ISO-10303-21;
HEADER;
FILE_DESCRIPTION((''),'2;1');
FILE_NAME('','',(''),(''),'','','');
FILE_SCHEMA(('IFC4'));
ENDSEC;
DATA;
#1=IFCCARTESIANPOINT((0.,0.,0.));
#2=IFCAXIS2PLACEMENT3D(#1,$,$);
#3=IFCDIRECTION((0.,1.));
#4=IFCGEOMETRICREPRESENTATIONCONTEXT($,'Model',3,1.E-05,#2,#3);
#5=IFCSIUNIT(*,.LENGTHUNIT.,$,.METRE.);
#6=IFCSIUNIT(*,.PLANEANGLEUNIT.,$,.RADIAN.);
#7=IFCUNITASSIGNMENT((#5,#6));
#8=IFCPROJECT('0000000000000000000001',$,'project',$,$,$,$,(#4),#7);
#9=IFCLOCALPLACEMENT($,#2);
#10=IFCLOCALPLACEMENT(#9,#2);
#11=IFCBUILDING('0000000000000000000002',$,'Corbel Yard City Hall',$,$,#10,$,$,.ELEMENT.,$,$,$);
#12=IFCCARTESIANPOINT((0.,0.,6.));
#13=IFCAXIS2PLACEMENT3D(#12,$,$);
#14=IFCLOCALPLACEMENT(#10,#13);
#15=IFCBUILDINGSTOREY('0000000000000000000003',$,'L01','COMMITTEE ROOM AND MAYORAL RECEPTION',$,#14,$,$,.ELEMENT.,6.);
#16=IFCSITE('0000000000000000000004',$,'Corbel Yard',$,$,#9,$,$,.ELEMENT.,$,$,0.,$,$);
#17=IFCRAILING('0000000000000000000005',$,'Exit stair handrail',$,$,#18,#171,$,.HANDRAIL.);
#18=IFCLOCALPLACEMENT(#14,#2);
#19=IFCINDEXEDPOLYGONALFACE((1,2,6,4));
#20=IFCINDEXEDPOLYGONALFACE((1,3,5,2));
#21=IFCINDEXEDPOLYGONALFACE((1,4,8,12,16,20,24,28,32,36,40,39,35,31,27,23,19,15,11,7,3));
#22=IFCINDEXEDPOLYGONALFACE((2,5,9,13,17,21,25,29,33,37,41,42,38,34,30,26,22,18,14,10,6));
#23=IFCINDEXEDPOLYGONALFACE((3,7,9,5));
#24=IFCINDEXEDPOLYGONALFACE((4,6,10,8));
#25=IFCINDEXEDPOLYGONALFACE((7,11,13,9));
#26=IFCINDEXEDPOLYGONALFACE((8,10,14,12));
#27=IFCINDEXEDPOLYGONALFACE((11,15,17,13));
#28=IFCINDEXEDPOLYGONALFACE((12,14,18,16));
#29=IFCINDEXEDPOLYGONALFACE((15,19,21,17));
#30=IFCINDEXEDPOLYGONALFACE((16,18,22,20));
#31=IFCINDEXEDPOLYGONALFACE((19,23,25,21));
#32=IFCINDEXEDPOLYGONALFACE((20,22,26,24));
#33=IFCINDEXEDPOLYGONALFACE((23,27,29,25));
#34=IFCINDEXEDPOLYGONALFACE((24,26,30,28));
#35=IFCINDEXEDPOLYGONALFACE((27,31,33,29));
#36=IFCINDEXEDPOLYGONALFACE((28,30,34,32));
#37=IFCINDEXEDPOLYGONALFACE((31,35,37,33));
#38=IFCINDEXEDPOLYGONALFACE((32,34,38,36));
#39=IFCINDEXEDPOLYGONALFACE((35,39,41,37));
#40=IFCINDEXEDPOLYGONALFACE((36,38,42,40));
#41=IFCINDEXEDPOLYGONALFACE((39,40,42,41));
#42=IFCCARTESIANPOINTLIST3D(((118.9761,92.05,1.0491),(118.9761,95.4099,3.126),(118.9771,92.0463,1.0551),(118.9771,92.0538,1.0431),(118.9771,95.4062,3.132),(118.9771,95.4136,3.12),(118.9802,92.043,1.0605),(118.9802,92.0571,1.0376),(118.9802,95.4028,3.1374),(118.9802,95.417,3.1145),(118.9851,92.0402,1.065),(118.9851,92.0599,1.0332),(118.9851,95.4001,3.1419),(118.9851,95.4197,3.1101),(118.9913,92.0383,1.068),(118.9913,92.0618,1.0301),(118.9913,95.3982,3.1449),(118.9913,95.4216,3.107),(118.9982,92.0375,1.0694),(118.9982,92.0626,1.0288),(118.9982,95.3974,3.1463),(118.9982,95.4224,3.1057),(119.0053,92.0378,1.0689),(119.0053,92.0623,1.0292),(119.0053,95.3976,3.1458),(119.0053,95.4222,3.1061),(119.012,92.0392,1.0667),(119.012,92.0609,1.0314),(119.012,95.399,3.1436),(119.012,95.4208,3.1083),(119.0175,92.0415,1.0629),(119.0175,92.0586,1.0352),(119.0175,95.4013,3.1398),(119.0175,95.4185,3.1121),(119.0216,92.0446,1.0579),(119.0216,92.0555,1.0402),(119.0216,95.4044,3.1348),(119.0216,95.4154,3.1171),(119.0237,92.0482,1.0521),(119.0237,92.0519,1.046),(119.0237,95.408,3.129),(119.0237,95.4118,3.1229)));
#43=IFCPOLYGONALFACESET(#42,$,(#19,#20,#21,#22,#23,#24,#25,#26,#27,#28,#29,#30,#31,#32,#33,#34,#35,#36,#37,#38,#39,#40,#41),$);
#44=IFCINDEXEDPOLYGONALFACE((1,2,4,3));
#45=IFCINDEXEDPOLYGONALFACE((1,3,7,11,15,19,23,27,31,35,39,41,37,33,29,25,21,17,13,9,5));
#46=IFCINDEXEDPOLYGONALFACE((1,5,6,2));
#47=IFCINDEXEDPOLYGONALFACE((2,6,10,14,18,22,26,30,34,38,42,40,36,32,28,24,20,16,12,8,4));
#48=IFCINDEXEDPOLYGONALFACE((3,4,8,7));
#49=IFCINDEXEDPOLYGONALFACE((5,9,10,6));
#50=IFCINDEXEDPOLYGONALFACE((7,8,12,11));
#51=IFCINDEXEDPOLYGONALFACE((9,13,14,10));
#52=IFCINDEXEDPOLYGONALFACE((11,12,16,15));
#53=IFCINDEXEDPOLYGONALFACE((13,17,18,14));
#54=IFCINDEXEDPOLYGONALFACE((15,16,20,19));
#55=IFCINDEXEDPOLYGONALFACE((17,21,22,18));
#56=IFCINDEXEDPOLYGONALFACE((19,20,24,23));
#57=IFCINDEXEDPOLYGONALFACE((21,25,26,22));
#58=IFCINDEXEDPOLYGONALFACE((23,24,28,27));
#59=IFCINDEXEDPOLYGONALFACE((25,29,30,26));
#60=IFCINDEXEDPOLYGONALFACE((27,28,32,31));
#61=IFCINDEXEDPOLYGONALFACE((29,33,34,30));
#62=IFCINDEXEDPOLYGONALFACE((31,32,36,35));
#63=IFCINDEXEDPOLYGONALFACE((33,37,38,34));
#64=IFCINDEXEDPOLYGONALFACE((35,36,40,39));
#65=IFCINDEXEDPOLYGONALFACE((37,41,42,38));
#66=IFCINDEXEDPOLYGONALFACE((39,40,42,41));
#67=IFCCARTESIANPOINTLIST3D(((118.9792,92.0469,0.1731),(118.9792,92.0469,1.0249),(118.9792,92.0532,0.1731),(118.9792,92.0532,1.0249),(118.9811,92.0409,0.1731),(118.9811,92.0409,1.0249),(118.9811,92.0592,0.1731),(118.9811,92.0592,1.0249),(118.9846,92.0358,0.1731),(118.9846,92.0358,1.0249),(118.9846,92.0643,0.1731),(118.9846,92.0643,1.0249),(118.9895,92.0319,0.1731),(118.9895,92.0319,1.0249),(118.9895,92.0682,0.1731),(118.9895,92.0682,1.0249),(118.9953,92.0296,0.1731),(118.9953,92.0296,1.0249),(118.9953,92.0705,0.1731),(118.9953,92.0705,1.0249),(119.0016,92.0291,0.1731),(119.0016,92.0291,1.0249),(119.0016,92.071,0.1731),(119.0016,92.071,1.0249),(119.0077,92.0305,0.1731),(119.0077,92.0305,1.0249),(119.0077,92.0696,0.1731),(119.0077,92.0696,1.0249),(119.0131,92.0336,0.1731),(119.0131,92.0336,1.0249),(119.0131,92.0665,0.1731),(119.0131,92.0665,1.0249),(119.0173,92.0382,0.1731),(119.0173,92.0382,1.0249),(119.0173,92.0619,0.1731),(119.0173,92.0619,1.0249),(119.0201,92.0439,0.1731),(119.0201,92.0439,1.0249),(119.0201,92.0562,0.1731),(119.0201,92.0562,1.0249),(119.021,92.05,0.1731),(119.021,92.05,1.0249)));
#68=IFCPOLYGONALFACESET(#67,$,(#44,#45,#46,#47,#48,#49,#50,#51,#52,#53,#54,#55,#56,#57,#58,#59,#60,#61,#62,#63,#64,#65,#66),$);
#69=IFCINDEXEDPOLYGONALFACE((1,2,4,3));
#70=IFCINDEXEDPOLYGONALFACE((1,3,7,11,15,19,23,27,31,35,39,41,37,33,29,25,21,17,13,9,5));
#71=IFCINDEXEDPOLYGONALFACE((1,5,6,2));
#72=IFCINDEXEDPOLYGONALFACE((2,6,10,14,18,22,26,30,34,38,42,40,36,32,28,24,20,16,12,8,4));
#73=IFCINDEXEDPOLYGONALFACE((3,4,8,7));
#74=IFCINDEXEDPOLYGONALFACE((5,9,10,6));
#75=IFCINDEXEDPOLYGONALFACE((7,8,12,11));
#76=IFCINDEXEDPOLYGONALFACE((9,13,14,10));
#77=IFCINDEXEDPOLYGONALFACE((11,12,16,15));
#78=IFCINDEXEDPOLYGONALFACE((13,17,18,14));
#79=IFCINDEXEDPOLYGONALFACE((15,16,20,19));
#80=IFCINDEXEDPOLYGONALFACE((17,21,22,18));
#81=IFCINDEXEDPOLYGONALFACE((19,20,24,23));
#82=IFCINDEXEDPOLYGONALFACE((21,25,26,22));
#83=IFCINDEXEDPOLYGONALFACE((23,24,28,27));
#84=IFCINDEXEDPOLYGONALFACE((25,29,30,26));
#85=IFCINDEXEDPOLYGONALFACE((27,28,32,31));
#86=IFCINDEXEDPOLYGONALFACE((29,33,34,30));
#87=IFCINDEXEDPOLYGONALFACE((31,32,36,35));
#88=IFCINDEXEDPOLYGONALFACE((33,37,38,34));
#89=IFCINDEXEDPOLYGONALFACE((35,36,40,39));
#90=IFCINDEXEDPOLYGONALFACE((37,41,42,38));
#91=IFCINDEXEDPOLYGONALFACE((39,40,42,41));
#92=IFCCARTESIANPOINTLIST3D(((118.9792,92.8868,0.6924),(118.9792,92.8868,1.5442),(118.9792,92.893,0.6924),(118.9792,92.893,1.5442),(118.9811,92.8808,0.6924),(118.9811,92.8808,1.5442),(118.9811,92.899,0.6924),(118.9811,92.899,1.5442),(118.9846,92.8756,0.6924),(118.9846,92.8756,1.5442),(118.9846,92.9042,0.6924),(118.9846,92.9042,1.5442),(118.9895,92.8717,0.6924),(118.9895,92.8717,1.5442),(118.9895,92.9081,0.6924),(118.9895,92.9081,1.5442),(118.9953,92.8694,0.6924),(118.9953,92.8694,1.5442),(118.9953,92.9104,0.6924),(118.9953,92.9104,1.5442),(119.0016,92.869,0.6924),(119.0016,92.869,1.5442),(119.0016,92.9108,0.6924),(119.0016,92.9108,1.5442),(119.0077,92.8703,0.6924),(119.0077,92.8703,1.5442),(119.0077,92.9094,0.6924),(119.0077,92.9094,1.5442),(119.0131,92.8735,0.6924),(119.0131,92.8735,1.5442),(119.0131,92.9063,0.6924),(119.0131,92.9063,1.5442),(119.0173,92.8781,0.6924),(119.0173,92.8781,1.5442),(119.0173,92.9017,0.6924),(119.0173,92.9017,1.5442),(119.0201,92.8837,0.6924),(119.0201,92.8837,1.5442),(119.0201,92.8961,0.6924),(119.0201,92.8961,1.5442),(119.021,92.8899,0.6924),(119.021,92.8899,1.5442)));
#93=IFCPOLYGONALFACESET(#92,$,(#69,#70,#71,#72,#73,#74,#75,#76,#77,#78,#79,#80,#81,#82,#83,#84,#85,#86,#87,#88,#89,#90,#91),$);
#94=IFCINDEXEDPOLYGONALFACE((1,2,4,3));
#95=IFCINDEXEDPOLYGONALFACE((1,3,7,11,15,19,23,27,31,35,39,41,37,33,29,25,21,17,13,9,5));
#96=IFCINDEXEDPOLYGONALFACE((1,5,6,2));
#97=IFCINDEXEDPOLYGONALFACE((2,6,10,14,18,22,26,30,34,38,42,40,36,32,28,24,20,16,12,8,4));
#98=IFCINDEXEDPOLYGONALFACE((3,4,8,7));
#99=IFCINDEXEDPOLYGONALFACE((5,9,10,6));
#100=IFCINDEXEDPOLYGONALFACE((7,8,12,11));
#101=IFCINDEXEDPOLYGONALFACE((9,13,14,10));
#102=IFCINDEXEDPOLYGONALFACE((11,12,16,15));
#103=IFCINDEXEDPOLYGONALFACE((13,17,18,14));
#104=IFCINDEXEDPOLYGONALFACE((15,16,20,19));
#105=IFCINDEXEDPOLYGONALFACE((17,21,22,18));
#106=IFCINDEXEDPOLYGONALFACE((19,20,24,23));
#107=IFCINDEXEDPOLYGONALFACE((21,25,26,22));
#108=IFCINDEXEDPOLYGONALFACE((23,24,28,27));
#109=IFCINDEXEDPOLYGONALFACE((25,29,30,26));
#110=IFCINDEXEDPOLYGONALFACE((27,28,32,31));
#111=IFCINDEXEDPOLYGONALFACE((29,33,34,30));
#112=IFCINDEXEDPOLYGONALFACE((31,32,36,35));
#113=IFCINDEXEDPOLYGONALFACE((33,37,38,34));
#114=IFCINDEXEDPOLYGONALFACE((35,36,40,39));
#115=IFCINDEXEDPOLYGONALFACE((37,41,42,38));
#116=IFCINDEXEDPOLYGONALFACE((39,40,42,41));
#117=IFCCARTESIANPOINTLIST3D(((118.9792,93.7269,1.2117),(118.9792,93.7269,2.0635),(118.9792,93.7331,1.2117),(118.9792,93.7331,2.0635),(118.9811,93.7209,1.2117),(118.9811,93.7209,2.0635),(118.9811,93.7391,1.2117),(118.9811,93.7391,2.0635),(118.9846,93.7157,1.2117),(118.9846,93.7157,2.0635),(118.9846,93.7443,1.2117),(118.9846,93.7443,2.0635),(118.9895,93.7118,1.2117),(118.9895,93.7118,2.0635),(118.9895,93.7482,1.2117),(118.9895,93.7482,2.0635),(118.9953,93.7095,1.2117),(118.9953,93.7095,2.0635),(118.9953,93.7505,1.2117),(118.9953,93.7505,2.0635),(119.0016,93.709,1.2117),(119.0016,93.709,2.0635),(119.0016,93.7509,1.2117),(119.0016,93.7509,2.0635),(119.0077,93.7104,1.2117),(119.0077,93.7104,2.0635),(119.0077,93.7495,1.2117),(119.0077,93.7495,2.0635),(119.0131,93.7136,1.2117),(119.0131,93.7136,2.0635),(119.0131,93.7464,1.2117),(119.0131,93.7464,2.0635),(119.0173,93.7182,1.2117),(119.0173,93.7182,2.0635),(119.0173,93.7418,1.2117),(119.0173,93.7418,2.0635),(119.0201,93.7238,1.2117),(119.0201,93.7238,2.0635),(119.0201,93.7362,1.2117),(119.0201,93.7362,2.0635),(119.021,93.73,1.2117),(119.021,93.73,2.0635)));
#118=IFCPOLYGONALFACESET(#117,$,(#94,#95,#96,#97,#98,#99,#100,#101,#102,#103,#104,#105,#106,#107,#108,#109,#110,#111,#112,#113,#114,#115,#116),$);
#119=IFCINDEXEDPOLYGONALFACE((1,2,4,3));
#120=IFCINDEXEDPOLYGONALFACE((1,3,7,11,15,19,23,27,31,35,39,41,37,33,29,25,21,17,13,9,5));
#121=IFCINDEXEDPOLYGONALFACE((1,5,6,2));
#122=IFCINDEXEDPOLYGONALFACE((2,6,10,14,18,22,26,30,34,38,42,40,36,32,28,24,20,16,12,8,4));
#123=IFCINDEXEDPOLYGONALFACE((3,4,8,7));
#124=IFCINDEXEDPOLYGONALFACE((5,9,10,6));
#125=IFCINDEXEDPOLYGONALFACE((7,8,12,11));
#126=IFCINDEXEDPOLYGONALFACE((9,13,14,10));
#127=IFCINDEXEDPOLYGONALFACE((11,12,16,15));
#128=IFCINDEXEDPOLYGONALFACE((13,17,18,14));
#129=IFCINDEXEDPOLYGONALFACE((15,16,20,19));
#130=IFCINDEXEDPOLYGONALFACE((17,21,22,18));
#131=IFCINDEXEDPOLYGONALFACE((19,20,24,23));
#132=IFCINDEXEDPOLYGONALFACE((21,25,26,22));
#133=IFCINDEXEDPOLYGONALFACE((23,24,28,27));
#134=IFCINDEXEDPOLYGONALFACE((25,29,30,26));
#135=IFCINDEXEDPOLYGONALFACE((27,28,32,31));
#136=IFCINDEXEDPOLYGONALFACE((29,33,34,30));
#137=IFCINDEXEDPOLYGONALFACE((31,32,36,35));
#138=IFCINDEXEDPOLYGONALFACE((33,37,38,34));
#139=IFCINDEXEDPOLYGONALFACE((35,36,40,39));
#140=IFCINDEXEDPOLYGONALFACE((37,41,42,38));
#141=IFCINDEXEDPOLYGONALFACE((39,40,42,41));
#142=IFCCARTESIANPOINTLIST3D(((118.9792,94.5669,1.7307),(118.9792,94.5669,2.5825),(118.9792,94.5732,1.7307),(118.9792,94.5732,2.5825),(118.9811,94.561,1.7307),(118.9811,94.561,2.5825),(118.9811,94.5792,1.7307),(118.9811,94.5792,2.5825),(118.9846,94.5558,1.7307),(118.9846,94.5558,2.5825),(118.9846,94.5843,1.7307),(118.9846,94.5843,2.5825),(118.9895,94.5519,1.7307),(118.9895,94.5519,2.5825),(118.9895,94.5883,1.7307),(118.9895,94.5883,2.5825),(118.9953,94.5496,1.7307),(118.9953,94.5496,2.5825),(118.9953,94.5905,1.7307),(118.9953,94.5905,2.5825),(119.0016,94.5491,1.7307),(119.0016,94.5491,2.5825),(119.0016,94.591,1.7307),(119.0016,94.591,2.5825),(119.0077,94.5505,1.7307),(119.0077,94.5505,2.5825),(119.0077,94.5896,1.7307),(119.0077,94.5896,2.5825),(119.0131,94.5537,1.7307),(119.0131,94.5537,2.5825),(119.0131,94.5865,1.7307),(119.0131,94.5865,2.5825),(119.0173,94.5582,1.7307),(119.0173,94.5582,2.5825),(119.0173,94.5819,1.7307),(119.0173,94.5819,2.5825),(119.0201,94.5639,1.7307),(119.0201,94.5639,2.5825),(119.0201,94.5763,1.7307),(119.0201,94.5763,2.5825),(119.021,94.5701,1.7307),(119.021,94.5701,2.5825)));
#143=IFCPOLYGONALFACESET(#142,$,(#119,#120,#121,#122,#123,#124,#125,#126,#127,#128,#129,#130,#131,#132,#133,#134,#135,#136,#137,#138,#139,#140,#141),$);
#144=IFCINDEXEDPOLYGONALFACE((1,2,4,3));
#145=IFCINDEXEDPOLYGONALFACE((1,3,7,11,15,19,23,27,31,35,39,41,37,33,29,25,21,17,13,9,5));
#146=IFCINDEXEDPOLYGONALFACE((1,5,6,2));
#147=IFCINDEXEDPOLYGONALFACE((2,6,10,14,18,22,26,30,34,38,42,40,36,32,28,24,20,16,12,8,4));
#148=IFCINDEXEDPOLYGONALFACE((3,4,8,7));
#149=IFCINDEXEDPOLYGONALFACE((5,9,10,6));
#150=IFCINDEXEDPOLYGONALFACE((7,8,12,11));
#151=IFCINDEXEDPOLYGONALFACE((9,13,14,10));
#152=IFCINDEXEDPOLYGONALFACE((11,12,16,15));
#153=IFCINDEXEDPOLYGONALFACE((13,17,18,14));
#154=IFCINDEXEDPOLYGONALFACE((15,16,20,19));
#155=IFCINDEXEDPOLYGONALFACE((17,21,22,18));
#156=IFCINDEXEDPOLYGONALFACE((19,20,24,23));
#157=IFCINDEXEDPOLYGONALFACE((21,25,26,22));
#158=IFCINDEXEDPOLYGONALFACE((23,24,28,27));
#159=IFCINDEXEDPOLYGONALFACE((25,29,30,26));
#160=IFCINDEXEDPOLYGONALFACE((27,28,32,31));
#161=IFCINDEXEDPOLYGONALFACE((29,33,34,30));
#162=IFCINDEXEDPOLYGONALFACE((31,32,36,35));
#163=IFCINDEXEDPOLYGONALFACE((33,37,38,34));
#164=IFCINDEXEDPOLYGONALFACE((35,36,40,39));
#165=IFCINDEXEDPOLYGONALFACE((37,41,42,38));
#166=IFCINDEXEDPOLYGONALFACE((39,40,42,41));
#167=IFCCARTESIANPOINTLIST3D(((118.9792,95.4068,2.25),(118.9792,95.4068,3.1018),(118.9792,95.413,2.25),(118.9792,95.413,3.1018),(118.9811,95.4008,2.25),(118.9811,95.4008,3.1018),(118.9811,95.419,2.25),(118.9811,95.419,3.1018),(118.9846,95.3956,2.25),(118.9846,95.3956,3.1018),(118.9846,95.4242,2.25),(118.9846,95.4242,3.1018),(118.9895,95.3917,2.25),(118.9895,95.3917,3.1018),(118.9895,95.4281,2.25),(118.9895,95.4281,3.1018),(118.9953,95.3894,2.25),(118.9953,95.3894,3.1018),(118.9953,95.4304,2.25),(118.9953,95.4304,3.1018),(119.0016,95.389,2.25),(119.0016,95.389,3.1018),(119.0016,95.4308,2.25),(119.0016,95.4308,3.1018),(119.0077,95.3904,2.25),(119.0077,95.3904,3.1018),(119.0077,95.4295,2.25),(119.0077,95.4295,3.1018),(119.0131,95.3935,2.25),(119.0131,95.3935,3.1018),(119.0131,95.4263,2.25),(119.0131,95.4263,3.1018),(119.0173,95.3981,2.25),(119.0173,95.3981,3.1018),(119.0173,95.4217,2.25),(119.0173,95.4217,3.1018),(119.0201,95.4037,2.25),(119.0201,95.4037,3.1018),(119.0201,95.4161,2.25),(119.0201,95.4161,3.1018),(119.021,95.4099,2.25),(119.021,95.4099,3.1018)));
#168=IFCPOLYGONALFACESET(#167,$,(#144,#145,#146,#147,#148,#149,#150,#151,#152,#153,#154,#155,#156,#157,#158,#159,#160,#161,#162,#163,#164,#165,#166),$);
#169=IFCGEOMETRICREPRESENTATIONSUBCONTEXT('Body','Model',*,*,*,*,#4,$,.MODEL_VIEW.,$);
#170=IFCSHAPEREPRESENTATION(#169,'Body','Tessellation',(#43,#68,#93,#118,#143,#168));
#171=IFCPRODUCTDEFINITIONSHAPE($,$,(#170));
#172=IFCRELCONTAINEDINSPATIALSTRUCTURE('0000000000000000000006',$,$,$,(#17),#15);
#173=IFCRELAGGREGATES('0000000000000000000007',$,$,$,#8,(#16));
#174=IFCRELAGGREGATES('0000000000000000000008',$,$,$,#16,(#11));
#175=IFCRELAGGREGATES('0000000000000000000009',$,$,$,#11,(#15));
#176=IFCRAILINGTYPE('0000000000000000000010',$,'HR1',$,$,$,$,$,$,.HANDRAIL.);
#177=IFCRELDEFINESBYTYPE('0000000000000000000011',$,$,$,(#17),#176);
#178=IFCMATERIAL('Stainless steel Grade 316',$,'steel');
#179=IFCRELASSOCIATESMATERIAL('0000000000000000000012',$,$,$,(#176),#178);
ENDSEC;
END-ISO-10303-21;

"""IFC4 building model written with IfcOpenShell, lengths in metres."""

from ifc_helpers import new_model, si_unit, direction, frame, origin, origin_2d, place, context, subcontext, project, spatial, circle, extrude, material, type_object, element, save


model = new_model("IFC4")

# Units and contexts
model_context = context("Model", 3, precision=1e-05, world=origin(), true_north=direction((0.0, 1.0)))
body_context = subcontext(model_context, "Body", "Model", "MODEL_VIEW")
ifc_project = project(units=[si_unit("LENGTHUNIT", "METRE"), si_unit("PLANEANGLEUNIT", "RADIAN")], contexts=[model_context])

# Site, building, storey
site_placement = place(None, origin())
site = spatial("IfcSite", under=ifc_project, at=site_placement, Name="Corbel Yard", CompositionType="ELEMENT", RefElevation=0.0)
building_placement = place(site_placement, origin())
building = spatial("IfcBuilding", under=site, at=building_placement, Name="Corbel Yard City Hall", CompositionType="ELEMENT")
storey_placement = place(building_placement, frame((0.0, 0.0, 6.0)))
storey = spatial("IfcBuildingStorey", under=building, at=storey_placement, Name="L01", Description="COMMITTEE ROOM AND MAYORAL RECEPTION", CompositionType="ELEMENT", Elevation=6.0)

# Shared definitions
ifc_material_1 = material(Name="Stainless steel Grade 316", Category="steel")

# Railing
railing_type = type_object("IfcRailingType", Name="HR1", PredefinedType="HANDRAIL", material=ifc_material_1)
railing_placement = place(storey_placement, frame((119.0, 92.05, 0.1731)))
element("IfcRailing", 1, at=railing_placement, inside=storey, type_object=railing_type, Name="Exit stair handrail", PredefinedType="HANDRAIL", context=body_context, shape_type="SweptSolid", body=[
    extrude(circle(Radius=0.0239, at=origin_2d()), frame((0.0, 0.0, 0.876), z_axis=(0.0, 0.850606, 0.525803), x_axis=(-1.0, 0.0, 0.0)), (0.0, 0.0, 1.0), 3.95),
    extrude(circle(Radius=0.021, at=origin_2d()), origin(), (0.0, 0.0, 1.0), 0.8518),
    extrude(circle(Radius=0.021, at=origin_2d()), frame((0.0, 0.8398, 0.5193)), (0.0, 0.0, 1.0), 0.8518),
    extrude(circle(Radius=0.021, at=origin_2d()), frame((0.0, 1.6799, 1.0386)), (0.0, 0.0, 1.0), 0.8518),
    extrude(circle(Radius=0.021, at=origin_2d()), frame((0.0, 2.52, 1.5576)), (0.0, 0.0, 1.0), 0.8518),
    extrude(circle(Radius=0.021, at=origin_2d()), frame((0.0, 3.3599, 2.0769)), (0.0, 0.0, 1.0), 0.8518),
])

save(model, "model.ifc")
